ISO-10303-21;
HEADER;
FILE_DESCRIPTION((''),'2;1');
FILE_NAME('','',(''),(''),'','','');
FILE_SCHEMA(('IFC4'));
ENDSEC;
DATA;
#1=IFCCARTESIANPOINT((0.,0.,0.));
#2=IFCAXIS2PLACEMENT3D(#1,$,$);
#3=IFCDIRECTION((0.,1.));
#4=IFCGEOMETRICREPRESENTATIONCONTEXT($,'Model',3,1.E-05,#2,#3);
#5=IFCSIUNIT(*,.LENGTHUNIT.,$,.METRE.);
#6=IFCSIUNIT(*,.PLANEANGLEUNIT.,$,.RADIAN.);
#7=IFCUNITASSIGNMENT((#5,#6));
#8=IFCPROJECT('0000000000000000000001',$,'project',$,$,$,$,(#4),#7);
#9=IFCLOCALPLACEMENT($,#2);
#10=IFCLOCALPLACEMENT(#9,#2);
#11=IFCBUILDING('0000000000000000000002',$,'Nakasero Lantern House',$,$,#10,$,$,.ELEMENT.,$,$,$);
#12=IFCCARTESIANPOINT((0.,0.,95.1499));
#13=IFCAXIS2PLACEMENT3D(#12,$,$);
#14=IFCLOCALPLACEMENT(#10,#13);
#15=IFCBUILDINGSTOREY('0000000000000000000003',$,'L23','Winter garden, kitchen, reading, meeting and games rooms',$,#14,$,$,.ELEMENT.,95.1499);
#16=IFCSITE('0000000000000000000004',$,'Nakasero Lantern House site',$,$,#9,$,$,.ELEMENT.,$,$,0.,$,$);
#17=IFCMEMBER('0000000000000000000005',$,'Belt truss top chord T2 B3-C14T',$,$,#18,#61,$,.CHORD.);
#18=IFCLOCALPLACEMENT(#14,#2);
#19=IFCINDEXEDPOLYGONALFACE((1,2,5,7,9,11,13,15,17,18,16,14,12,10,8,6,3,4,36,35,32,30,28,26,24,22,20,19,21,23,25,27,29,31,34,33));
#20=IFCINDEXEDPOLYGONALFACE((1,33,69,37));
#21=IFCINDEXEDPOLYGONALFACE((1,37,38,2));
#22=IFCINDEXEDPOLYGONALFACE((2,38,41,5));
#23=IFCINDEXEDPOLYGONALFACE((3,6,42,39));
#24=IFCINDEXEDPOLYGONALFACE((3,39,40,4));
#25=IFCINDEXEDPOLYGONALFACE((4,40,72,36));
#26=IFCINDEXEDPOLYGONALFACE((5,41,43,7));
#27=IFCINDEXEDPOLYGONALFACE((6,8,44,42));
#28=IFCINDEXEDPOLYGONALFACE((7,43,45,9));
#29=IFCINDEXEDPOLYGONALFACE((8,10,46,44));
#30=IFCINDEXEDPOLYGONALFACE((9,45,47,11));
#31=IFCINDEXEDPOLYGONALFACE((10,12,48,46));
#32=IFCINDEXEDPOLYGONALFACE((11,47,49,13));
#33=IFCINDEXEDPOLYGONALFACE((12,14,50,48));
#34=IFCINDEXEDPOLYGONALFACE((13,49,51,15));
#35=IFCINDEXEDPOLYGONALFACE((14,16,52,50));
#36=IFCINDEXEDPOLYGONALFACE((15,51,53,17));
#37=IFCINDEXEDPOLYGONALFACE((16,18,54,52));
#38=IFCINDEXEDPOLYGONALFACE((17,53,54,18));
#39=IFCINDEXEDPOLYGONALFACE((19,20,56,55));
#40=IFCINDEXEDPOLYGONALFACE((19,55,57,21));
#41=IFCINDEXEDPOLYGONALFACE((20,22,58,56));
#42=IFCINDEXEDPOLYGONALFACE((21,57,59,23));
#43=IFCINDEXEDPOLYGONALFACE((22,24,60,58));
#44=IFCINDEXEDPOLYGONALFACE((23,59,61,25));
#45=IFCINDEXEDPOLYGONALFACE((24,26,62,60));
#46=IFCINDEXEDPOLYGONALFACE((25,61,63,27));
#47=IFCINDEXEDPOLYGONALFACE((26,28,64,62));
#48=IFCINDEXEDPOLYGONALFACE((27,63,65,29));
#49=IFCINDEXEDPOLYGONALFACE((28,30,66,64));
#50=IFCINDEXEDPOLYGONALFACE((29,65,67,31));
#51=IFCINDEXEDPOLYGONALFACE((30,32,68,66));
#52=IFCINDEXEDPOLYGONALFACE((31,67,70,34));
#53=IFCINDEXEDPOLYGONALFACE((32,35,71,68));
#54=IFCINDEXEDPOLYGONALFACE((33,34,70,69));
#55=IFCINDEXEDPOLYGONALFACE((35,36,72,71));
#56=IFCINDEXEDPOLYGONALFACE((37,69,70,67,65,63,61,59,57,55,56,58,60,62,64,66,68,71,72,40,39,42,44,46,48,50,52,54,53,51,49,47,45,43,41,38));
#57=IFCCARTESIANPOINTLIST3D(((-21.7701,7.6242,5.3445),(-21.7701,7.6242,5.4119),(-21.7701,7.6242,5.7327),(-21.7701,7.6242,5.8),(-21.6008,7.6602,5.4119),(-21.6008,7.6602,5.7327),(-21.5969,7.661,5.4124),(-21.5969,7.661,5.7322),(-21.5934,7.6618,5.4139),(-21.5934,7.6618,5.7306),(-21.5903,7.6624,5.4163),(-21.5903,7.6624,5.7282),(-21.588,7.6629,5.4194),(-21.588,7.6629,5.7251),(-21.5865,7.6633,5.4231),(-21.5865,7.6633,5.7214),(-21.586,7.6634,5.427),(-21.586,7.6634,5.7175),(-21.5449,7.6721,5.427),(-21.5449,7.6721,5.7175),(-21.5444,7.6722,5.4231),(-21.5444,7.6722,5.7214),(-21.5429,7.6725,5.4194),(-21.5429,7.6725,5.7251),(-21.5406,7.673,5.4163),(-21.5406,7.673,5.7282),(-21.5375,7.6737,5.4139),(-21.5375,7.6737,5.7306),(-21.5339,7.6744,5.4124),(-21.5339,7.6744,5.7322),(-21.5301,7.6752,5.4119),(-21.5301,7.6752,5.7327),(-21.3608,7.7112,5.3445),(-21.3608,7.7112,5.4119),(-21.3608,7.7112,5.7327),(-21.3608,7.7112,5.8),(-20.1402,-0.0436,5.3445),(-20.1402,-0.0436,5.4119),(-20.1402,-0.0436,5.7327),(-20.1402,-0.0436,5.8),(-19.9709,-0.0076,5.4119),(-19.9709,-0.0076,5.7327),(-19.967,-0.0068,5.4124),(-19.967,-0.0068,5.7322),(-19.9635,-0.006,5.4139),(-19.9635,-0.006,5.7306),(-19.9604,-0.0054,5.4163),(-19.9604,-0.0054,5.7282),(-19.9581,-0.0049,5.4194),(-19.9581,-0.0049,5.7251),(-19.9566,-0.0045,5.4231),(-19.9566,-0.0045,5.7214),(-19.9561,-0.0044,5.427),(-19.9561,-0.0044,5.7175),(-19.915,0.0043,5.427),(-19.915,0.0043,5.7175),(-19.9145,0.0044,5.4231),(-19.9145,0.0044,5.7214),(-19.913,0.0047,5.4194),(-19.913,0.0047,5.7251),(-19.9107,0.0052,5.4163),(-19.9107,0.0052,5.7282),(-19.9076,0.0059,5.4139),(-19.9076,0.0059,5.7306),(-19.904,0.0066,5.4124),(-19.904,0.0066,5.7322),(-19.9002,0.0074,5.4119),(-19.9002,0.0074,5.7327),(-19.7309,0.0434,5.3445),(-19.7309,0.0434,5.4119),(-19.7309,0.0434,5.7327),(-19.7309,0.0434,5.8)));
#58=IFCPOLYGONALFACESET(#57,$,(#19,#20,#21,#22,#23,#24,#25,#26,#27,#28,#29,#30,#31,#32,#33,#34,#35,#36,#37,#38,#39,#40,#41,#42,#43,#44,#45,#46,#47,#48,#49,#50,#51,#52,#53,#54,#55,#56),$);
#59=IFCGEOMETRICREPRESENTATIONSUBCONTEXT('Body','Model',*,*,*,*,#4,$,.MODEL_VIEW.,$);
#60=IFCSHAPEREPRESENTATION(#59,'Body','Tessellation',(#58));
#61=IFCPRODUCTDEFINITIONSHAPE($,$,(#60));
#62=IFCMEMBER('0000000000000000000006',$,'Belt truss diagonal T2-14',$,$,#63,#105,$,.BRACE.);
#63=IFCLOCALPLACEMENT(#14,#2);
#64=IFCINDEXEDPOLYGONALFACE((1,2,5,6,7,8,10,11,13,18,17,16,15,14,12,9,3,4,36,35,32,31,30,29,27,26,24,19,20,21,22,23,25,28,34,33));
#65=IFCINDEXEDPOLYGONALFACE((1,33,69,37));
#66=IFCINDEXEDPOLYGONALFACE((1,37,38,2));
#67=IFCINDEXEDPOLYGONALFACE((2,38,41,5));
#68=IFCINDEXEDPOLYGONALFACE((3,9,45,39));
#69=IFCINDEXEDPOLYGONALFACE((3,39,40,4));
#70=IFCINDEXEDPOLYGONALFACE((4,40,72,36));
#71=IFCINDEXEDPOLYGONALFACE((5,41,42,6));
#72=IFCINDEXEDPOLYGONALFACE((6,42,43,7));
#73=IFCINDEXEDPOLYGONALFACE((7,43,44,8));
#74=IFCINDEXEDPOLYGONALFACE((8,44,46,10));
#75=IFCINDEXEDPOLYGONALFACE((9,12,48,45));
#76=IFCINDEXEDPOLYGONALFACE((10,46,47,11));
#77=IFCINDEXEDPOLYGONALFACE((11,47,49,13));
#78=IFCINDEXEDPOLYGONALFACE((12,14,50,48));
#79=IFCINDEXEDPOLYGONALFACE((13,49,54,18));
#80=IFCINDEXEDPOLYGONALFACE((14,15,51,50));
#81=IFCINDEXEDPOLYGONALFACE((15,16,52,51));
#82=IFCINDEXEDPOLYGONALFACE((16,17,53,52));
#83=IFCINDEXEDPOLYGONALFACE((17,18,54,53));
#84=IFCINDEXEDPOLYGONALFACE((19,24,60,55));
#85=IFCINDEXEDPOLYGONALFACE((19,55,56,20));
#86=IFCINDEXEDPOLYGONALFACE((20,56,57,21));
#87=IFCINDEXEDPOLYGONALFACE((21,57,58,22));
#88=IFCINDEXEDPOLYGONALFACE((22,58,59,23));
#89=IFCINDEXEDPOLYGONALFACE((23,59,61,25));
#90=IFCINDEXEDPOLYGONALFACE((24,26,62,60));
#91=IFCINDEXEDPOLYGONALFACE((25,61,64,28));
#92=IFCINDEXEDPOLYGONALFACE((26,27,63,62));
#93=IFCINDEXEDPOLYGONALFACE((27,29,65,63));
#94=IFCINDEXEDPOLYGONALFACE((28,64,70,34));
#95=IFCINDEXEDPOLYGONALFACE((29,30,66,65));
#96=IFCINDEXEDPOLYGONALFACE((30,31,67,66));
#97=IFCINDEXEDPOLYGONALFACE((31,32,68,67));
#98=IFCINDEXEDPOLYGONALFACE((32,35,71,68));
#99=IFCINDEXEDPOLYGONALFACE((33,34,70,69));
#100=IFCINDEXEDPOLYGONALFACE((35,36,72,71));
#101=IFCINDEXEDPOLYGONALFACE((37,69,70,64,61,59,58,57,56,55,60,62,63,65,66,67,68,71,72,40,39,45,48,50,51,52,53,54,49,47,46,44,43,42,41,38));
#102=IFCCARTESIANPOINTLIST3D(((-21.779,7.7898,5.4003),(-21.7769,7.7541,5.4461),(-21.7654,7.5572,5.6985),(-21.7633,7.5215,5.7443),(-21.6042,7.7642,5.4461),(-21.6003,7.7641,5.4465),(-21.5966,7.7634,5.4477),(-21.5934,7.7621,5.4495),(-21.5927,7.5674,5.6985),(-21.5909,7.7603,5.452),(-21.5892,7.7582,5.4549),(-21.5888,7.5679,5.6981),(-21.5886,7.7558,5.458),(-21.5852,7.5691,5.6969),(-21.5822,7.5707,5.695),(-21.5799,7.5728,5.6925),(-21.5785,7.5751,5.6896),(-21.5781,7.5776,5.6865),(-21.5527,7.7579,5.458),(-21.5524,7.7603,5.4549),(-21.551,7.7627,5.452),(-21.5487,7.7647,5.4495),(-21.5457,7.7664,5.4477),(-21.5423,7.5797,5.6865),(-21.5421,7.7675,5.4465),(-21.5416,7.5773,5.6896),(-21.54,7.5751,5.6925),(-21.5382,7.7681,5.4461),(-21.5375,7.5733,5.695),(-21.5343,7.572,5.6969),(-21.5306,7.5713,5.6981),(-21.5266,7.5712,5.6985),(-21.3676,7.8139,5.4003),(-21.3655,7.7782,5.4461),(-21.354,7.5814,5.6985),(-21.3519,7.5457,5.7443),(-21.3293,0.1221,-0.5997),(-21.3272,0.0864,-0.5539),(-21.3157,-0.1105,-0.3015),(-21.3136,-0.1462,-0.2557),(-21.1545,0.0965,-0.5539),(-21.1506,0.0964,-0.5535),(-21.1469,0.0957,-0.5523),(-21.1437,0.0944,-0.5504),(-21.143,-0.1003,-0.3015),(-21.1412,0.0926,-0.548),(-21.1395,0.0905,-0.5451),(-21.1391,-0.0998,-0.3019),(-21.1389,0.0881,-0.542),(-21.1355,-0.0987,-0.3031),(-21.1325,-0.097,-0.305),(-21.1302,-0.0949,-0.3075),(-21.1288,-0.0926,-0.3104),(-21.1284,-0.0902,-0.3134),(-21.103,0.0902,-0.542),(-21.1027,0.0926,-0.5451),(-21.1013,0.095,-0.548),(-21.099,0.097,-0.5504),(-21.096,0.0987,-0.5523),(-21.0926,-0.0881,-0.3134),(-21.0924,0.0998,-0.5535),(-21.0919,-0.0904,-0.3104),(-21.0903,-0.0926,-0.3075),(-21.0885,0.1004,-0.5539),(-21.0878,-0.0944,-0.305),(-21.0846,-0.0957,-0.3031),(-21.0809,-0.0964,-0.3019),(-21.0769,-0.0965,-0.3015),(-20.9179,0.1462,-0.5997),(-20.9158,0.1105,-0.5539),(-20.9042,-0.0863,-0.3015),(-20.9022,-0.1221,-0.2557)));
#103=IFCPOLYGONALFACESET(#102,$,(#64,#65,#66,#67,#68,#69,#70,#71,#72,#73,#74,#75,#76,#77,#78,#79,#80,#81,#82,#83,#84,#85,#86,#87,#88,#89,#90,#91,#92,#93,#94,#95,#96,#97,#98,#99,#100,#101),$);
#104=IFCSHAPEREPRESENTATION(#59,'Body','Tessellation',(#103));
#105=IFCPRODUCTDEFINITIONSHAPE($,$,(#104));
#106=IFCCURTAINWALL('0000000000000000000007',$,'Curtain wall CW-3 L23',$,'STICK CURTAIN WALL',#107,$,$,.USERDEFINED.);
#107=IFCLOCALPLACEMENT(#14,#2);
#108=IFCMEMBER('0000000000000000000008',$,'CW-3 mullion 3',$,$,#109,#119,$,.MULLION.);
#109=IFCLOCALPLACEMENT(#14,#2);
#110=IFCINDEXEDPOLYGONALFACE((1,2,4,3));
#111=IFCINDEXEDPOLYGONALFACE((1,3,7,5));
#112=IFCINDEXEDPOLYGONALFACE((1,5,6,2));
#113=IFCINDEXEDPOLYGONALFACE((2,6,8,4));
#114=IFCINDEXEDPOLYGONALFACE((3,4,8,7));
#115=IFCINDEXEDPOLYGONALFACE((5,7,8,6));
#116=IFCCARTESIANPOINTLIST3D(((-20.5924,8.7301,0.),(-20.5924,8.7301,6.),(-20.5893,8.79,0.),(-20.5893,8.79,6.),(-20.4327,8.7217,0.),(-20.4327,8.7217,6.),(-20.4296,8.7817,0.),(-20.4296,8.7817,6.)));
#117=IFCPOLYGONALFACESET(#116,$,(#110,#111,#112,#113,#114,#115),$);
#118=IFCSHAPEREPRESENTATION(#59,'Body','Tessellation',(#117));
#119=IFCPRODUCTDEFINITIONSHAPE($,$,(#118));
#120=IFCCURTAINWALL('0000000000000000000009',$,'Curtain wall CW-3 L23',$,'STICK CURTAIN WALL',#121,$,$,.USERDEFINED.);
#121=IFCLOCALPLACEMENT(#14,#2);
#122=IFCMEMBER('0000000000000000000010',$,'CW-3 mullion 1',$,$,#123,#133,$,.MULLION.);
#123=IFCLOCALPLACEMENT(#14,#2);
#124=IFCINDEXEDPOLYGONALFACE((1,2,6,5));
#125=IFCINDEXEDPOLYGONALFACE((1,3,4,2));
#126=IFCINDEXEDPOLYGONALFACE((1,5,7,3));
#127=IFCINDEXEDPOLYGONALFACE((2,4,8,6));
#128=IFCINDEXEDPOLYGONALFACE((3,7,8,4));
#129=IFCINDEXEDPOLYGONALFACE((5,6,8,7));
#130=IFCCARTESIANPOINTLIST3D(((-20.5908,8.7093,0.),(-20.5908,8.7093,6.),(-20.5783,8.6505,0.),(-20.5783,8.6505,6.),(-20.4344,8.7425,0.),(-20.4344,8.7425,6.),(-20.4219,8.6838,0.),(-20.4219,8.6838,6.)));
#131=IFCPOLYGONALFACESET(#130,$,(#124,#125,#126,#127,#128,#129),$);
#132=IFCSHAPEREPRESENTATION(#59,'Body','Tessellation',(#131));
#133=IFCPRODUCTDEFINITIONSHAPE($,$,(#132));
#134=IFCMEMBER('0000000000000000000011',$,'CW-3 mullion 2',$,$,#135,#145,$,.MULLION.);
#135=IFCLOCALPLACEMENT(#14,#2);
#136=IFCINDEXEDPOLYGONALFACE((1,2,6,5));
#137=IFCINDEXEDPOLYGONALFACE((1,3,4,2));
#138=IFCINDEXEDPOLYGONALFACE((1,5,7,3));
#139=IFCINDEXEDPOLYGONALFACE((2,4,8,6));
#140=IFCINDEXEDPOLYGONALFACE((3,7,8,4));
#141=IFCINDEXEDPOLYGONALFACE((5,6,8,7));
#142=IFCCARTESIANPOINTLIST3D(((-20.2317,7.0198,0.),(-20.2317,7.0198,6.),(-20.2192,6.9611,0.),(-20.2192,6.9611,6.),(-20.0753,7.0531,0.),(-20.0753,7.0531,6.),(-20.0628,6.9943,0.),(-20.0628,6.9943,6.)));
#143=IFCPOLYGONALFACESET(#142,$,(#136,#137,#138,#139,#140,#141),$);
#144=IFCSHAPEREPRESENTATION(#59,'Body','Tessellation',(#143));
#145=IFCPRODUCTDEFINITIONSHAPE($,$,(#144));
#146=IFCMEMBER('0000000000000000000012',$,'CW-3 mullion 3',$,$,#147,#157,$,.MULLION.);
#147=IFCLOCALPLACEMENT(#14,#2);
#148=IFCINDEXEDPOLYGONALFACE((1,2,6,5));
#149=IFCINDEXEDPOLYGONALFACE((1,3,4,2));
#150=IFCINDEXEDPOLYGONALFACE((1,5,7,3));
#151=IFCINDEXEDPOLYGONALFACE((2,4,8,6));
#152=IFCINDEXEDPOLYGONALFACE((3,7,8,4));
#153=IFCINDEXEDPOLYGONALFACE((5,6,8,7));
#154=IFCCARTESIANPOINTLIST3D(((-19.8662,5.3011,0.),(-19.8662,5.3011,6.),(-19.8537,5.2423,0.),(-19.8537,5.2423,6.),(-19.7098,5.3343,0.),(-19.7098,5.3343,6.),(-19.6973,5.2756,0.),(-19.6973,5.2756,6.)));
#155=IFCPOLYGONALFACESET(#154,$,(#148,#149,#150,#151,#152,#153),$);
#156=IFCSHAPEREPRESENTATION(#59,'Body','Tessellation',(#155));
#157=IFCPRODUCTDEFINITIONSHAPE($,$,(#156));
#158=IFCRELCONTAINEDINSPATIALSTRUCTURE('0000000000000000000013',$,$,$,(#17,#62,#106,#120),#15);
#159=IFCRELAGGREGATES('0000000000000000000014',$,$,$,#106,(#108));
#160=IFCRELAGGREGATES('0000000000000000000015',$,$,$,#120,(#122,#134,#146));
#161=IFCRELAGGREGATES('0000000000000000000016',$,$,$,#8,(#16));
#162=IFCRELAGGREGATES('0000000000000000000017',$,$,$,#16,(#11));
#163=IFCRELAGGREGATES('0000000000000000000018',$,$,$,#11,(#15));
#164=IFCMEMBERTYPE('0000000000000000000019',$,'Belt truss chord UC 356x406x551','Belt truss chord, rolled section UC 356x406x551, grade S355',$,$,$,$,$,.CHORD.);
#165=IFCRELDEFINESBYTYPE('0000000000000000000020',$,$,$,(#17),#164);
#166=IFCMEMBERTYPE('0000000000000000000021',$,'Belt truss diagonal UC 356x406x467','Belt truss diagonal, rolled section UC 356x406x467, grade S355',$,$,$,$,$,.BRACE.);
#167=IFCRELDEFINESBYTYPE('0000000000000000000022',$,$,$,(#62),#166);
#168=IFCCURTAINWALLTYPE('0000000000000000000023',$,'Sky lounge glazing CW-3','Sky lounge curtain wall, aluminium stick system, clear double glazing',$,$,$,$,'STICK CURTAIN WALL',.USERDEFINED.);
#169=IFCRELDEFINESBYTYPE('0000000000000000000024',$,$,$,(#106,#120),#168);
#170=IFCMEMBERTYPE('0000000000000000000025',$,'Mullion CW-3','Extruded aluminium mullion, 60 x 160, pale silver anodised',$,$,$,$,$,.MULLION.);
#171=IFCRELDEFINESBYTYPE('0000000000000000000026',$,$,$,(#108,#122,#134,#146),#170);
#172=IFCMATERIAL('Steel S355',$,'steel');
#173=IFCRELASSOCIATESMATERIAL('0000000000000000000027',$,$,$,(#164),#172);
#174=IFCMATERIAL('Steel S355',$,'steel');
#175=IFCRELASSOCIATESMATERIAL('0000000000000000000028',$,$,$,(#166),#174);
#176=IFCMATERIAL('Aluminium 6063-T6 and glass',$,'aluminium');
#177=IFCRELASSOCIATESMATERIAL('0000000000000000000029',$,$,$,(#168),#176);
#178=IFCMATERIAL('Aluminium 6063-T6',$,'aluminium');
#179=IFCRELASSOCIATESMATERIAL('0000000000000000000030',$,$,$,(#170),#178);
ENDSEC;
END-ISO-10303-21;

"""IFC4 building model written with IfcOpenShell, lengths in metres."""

from ifc_helpers import new_model, si_unit, direction, frame, origin, origin_2d, place, context, subcontext, project, spatial, rectangle, i_section, extrude, material, material_profile, profile_set, type_object, element, aggregate, save


model = new_model("IFC4")

# Units and contexts
model_context = context("Model", 3, precision=1e-05, world=origin(), true_north=direction((0.0, 1.0)))
body_context = subcontext(model_context, "Body", "Model", "MODEL_VIEW")
ifc_project = project(units=[si_unit("LENGTHUNIT", "METRE"), si_unit("PLANEANGLEUNIT", "RADIAN")], contexts=[model_context])

# Site, building, storey
site_placement = place(None, origin())
site = spatial("IfcSite", under=ifc_project, at=site_placement, Name="Nakasero Lantern House site", CompositionType="ELEMENT", RefElevation=0.0)
building_placement = place(site_placement, origin())
building = spatial("IfcBuilding", under=site, at=building_placement, Name="Nakasero Lantern House", CompositionType="ELEMENT")
storey_placement = place(building_placement, frame((0.0, 0.0, 95.1499)))
storey = spatial("IfcBuildingStorey", under=building, at=storey_placement, Name="L23", Description="Winter garden, kitchen, reading, meeting and games rooms", CompositionType="ELEMENT", Elevation=95.1499)

# Members
ifc_material_1 = material(Name="Steel S355", Category="steel")
ifc_material_profile_1 = material_profile(ifc_material_1, i_section(OverallWidth=0.4185, OverallDepth=0.4556, WebThickness=0.042, FlangeThickness=0.0674, FilletRadius=0.0151, at=origin_2d()), Name="UC 356x406x551")
ifc_profile_set_1 = profile_set([ifc_material_profile_1], Name="Steel S355")
member_type_1 = type_object("IfcMemberType", Name="Belt truss chord UC 356x406x551", Description="Belt truss chord, rolled section UC 356x406x551, grade S355", PredefinedType="CHORD", material=ifc_profile_set_1)
member_1_placement = place(storey_placement, frame((-21.5654, 7.6677, 5.5723), z_axis=(0.207919, -0.978146, 0.0), x_axis=(0.978146, 0.207919, 0.0)))
element("IfcMember", 1, at=member_1_placement, inside=storey, type_object=member_type_1, Name="Belt truss top chord T2 B3-C14T", PredefinedType="CHORD", context=body_context, shape_type="SweptSolid", body=[
    extrude(i_section(OverallWidth=0.4185, OverallDepth=0.4556, WebThickness=0.042, FlangeThickness=0.0674, FilletRadius=0.0151, at=origin_2d()), origin(), (0.0, 0.0, 1.0), 7.8391),
])
ifc_material_2 = material(Name="Steel S355", Category="steel")
ifc_material_profile_2 = material_profile(ifc_material_2, i_section(OverallWidth=0.4121, OverallDepth=0.4365, WebThickness=0.0359, FlangeThickness=0.0581, FilletRadius=0.0151, at=origin_2d()), Name="UC 356x406x467")
ifc_profile_set_2 = profile_set([ifc_material_profile_2], Name="Steel S355")
member_type_2 = type_object("IfcMemberType", Name="Belt truss diagonal UC 356x406x467", Description="Belt truss diagonal, rolled section UC 356x406x467, grade S355", PredefinedType="BRACE", material=ifc_profile_set_2)
member_2_placement = place(storey_placement, frame((-21.5654, 7.6677, 5.5723), z_axis=(0.04614, -0.786708, -0.615599), x_axis=(0.998285, 0.058549, 0.0)))
element("IfcMember", 2, at=member_2_placement, inside=storey, type_object=member_type_2, Name="Belt truss diagonal T2-14", PredefinedType="BRACE", context=body_context, shape_type="SweptSolid", body=[
    extrude(i_section(OverallWidth=0.4121, OverallDepth=0.4365, WebThickness=0.0359, FlangeThickness=0.0581, FilletRadius=0.0151, at=origin_2d()), origin(), (0.0, 0.0, 1.0), 9.7466),
])

# Curtain wall, member
ifc_material_3 = material(Name="Aluminium 6063-T6 and glass", Category="aluminium")
curtain_wall_type = type_object("IfcCurtainWallType", Name="Sky lounge glazing CW-3", Description="Sky lounge curtain wall, aluminium stick system, clear double glazing", ElementType="STICK CURTAIN WALL", PredefinedType="USERDEFINED", material=ifc_material_3)
curtain_wall_1_placement = place(storey_placement, origin())
curtain_wall_1 = element("IfcCurtainWall", 3, at=curtain_wall_1_placement, inside=storey, type_object=curtain_wall_type, Name="Curtain wall CW-3 L23", ObjectType="STICK CURTAIN WALL", PredefinedType="USERDEFINED")
ifc_material_4 = material(Name="Aluminium 6063-T6", Category="aluminium")
ifc_material_profile_3 = material_profile(ifc_material_4, rectangle(XDim=0.0601, YDim=0.1599, at=origin_2d()), Name="CW-3 mullion 60x160")
ifc_profile_set_3 = profile_set([ifc_material_profile_3], Name="Aluminium 6063-T6")
member_type_3 = type_object("IfcMemberType", Name="Mullion CW-3", Description="Extruded aluminium mullion, 60 x 160, pale silver anodised", PredefinedType="MULLION", material=ifc_profile_set_3)
member_3_placement = place(storey_placement, frame((-20.511, 8.7559, 0.0), z_axis=(0.0, 0.0, 1.0), x_axis=(-0.052336, -0.99863, 0.0)))
member_3 = element("IfcMember", 4, at=member_3_placement, type_object=member_type_3, Name="CW-3 mullion 3", PredefinedType="MULLION", context=body_context, shape_type="SweptSolid", body=[
    extrude(rectangle(XDim=0.0601, YDim=0.1599, at=origin_2d()), origin(), (0.0, 0.0, 1.0), 6.0),
])

# Curtain wall, members
curtain_wall_2_placement = place(storey_placement, origin())
curtain_wall_2 = element("IfcCurtainWall", 5, at=curtain_wall_2_placement, inside=storey, type_object=curtain_wall_type, Name="Curtain wall CW-3 L23", ObjectType="STICK CURTAIN WALL", PredefinedType="USERDEFINED")
member_4_placement = place(storey_placement, frame((-20.5063, 8.6965, 0.0), z_axis=(0.0, 0.0, 1.0), x_axis=(0.207912, -0.978148, 0.0)))
member_4 = element("IfcMember", 6, at=member_4_placement, type_object=member_type_3, Name="CW-3 mullion 1", PredefinedType="MULLION", context=body_context, shape_type="SweptSolid", body=[
    extrude(rectangle(XDim=0.0601, YDim=0.1599, at=origin_2d()), origin(), (0.0, 0.0, 1.0), 6.0),
])
member_5_placement = place(storey_placement, frame((-20.1472, 7.0071, 0.0), z_axis=(0.0, 0.0, 1.0), x_axis=(0.207912, -0.978148, 0.0)))
member_5 = element("IfcMember", 7, at=member_5_placement, type_object=member_type_3, Name="CW-3 mullion 2", PredefinedType="MULLION", context=body_context, shape_type="SweptSolid", body=[
    extrude(rectangle(XDim=0.0601, YDim=0.1599, at=origin_2d()), origin(), (0.0, 0.0, 1.0), 6.0),
])
member_6_placement = place(storey_placement, frame((-19.7817, 5.2883, 0.0), z_axis=(0.0, 0.0, 1.0), x_axis=(0.207912, -0.978148, 0.0)))
member_6 = element("IfcMember", 8, at=member_6_placement, type_object=member_type_3, Name="CW-3 mullion 3", PredefinedType="MULLION", context=body_context, shape_type="SweptSolid", body=[
    extrude(rectangle(XDim=0.0601, YDim=0.1599, at=origin_2d()), origin(), (0.0, 0.0, 1.0), 6.0),
])

aggregate(curtain_wall_1, [member_3])
aggregate(curtain_wall_2, [member_4, member_5, member_6])

save(model, "model.ifc")
